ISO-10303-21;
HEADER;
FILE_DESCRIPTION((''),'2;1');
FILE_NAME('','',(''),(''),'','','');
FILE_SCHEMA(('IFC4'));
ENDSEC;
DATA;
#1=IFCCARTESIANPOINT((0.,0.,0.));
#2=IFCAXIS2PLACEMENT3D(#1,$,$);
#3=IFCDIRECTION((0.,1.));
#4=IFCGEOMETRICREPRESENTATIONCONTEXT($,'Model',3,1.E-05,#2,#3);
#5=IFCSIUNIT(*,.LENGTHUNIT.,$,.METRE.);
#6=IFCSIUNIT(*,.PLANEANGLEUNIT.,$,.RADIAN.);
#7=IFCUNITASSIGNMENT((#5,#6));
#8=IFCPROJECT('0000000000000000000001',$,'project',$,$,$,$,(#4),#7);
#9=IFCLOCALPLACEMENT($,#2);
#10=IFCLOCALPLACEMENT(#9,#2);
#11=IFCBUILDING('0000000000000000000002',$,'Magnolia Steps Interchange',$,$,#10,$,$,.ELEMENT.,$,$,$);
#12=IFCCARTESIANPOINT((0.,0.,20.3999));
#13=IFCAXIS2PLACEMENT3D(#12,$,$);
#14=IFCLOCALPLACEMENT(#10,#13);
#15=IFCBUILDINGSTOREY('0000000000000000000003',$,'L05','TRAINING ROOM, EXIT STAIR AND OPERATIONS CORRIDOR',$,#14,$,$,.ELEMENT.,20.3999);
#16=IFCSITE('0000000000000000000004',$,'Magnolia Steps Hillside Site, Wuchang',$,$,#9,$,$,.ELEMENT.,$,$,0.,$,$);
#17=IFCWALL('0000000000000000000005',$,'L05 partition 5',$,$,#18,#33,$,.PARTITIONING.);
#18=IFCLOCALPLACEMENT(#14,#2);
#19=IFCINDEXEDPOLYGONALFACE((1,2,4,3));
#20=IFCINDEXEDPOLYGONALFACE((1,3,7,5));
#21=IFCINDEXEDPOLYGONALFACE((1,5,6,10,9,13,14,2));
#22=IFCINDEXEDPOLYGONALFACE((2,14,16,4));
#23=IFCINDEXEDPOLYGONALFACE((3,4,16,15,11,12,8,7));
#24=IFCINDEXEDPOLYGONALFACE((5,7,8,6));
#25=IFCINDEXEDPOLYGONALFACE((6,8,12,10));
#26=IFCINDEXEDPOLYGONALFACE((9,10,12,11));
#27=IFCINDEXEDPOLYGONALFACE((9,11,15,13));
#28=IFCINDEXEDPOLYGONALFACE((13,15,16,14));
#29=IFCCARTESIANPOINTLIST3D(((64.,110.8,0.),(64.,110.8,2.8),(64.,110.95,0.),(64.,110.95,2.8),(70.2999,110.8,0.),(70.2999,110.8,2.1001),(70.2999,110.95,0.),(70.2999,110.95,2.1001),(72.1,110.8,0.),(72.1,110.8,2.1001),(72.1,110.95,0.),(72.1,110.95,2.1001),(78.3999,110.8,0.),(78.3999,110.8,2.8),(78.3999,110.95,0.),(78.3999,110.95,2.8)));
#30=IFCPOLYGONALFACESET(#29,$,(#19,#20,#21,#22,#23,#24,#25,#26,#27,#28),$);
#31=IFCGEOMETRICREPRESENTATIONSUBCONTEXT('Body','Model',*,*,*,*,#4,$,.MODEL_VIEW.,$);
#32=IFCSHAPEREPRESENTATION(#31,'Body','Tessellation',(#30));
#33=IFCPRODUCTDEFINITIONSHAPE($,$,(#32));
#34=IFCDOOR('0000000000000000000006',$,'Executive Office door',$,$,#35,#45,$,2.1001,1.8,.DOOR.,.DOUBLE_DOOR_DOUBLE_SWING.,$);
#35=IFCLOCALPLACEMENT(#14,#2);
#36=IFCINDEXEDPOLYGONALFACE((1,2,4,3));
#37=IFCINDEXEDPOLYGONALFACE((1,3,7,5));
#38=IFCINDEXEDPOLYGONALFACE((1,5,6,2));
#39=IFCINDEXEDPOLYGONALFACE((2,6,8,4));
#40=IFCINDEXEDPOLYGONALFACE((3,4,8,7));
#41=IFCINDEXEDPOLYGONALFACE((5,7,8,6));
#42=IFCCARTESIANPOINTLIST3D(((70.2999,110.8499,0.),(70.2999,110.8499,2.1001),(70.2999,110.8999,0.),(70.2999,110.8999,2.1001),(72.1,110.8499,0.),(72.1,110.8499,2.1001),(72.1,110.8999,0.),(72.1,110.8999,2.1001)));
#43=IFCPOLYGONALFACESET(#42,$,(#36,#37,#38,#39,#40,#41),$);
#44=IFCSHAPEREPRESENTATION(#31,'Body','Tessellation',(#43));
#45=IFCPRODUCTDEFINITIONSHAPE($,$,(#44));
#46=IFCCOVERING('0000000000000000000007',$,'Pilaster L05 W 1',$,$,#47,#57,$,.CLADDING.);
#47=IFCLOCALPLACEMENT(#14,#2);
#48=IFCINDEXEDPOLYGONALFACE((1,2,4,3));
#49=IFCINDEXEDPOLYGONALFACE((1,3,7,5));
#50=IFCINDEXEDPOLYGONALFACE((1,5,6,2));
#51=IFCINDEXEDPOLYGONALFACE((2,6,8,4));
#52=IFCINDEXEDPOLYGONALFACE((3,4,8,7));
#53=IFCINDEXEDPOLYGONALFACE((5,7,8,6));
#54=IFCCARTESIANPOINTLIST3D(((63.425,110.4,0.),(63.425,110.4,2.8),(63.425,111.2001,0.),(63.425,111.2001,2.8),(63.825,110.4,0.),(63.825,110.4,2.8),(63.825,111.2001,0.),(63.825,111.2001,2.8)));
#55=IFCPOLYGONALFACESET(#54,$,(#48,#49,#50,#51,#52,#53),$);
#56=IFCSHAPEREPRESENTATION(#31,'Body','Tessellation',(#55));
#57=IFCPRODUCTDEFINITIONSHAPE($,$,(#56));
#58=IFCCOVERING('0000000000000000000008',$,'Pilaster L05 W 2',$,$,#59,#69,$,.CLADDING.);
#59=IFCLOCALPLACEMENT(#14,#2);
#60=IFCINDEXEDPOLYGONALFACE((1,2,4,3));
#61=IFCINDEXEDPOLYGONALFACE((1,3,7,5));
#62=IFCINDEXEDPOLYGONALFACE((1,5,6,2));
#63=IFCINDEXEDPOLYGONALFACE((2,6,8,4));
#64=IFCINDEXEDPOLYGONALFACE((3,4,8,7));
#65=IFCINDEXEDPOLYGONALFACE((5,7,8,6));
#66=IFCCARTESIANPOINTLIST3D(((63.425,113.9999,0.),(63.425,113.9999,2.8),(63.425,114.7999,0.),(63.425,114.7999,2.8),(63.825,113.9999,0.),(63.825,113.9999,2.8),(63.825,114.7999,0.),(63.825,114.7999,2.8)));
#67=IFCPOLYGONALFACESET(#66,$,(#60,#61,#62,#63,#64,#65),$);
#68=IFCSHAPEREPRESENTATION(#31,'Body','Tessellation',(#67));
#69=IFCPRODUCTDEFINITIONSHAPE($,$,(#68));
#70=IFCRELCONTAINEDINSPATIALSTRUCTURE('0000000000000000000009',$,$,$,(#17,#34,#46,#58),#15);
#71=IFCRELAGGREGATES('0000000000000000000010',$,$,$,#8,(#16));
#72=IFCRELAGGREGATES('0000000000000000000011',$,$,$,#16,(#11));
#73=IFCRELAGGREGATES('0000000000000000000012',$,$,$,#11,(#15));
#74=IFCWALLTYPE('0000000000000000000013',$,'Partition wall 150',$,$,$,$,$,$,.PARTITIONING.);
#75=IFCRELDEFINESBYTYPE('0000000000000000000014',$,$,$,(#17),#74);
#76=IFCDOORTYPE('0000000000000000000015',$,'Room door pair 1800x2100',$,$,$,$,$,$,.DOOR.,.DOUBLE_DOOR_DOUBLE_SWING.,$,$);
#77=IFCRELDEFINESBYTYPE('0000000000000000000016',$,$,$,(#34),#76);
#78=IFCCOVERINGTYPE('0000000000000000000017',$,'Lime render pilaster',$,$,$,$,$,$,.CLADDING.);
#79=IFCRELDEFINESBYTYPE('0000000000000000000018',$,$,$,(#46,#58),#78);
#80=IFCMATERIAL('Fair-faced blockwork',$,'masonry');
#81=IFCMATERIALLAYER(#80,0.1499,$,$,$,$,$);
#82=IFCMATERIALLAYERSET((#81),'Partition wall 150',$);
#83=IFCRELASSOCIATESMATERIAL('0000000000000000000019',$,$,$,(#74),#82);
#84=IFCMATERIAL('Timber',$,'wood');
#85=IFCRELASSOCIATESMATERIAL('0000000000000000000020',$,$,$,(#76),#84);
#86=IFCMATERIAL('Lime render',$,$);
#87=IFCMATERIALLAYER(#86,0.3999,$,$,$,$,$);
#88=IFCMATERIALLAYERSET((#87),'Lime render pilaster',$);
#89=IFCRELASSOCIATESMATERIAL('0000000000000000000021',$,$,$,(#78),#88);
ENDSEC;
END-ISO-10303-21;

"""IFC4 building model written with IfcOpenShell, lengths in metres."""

from ifc_helpers import new_model, si_unit, direction, frame, frame_2d, origin, origin_2d, place, context, subcontext, project, spatial, rectangle, extrude, material, layer, layer_set, type_object, element, fill, save


model = new_model("IFC4")

# Units and contexts
model_context = context("Model", 3, precision=1e-05, world=origin(), true_north=direction((0.0, 1.0)))
body_context = subcontext(model_context, "Body", "Model", "MODEL_VIEW")
ifc_project = project(units=[si_unit("LENGTHUNIT", "METRE"), si_unit("PLANEANGLEUNIT", "RADIAN")], contexts=[model_context])

# Site, building, storey
site_placement = place(None, origin())
site = spatial("IfcSite", under=ifc_project, at=site_placement, Name="Magnolia Steps Hillside Site, Wuchang", CompositionType="ELEMENT", RefElevation=0.0)
building_placement = place(site_placement, origin())
building = spatial("IfcBuilding", under=site, at=building_placement, Name="Magnolia Steps Interchange", CompositionType="ELEMENT")
storey_placement = place(building_placement, frame((0.0, 0.0, 20.3999)))
storey = spatial("IfcBuildingStorey", under=building, at=storey_placement, Name="L05", Description="TRAINING ROOM, EXIT STAIR AND OPERATIONS CORRIDOR", CompositionType="ELEMENT", Elevation=20.3999)

# Wall, opening, door
ifc_material_1 = material(Name="Fair-faced blockwork", Category="masonry")
ifc_layer_1 = layer(ifc_material_1, 0.1499)
ifc_layer_set_1 = layer_set([ifc_layer_1], Name="Partition wall 150")
wall_type_1 = type_object("IfcWallType", Name="Partition wall 150", PredefinedType="PARTITIONING", material=ifc_layer_set_1)
wall_1_placement = place(storey_placement, frame((64.0, 110.875, 0.0), z_axis=(0.0, 0.0, 1.0), x_axis=(1.0, 0.0, 0.0)))
wall_1 = element("IfcWall", 1, at=wall_1_placement, inside=storey, type_object=wall_type_1, Name="L05 partition 5", PredefinedType="PARTITIONING", context=body_context, shape_type="SweptSolid", body=[
    extrude(rectangle(XDim=14.3999, YDim=0.1499, at=frame_2d((7.2, 0.0))), origin(), (0.0, 0.0, 1.0), 2.8),
])
opening_1_placement = place(wall_1_placement, frame((6.3, 0.0, 0.0)))
opening_1 = element("IfcOpeningElement", 2, at=opening_1_placement, cuts=wall_1, PredefinedType="OPENING", context=body_context, shape_type="SweptSolid", body=[
    extrude(rectangle(XDim=1.8, YDim=2.1001, at=frame_2d((0.8999, 1.05))), frame((0.0, 0.085, 0.0), z_axis=(0.0, -1.0, 0.0), x_axis=(1.0, 0.0, 0.0)), (0.0, 0.0, 1.0), 0.1699),
])
ifc_material_2 = material(Name="Timber", Category="wood")
door_type = type_object("IfcDoorType", Name="Room door pair 1800x2100", OperationType="DOUBLE_DOOR_DOUBLE_SWING", PredefinedType="DOOR", material=ifc_material_2)
door_placement = place(opening_1_placement, origin())
door = element("IfcDoor", 3, at=door_placement, inside=storey, type_object=door_type, Name="Executive Office door", OperationType="DOUBLE_DOOR_DOUBLE_SWING", OverallHeight=2.1001, OverallWidth=1.8, PredefinedType="DOOR", context=body_context, shape_type="SweptSolid", body=[
    extrude(rectangle(XDim=1.8, YDim=2.1001, at=frame_2d((0.8999, 1.05))), frame((0.0, 0.0249, 0.0), z_axis=(0.0, -1.0, 0.0), x_axis=(1.0, 0.0, 0.0)), (0.0, 0.0, 1.0), 0.05),
])
fill(opening_1, door)

# Coverings
ifc_material_3 = material(Name="Lime render")
ifc_layer_2 = layer(ifc_material_3, 0.3999)
ifc_layer_set_2 = layer_set([ifc_layer_2], Name="Lime render pilaster")
covering_type_1 = type_object("IfcCoveringType", Name="Lime render pilaster", PredefinedType="CLADDING", material=ifc_layer_set_2)
for number, where, z_axis, x_axis, name in (
    (4, (63.625, 110.8, 0.0), (0.0, 0.0, 1.0), (1.0, 0.0, 0.0), "Pilaster L05 W 1"),
    (5, (63.625, 114.3999, 0.0), (0.0, 0.0, 1.0), (1.0, 0.0, 0.0), "Pilaster L05 W 2"),
):
    element("IfcCovering", number, at=place(storey_placement, frame(where, z_axis=z_axis, x_axis=x_axis)), inside=storey, type_object=covering_type_1, Name=name, PredefinedType="CLADDING", context=body_context, shape_type="SweptSolid", body=[
        extrude(rectangle(XDim=0.3999, YDim=0.8, at=origin_2d()), origin(), (0.0, 0.0, 1.0), 2.8),
    ])

save(model, "model.ifc")
